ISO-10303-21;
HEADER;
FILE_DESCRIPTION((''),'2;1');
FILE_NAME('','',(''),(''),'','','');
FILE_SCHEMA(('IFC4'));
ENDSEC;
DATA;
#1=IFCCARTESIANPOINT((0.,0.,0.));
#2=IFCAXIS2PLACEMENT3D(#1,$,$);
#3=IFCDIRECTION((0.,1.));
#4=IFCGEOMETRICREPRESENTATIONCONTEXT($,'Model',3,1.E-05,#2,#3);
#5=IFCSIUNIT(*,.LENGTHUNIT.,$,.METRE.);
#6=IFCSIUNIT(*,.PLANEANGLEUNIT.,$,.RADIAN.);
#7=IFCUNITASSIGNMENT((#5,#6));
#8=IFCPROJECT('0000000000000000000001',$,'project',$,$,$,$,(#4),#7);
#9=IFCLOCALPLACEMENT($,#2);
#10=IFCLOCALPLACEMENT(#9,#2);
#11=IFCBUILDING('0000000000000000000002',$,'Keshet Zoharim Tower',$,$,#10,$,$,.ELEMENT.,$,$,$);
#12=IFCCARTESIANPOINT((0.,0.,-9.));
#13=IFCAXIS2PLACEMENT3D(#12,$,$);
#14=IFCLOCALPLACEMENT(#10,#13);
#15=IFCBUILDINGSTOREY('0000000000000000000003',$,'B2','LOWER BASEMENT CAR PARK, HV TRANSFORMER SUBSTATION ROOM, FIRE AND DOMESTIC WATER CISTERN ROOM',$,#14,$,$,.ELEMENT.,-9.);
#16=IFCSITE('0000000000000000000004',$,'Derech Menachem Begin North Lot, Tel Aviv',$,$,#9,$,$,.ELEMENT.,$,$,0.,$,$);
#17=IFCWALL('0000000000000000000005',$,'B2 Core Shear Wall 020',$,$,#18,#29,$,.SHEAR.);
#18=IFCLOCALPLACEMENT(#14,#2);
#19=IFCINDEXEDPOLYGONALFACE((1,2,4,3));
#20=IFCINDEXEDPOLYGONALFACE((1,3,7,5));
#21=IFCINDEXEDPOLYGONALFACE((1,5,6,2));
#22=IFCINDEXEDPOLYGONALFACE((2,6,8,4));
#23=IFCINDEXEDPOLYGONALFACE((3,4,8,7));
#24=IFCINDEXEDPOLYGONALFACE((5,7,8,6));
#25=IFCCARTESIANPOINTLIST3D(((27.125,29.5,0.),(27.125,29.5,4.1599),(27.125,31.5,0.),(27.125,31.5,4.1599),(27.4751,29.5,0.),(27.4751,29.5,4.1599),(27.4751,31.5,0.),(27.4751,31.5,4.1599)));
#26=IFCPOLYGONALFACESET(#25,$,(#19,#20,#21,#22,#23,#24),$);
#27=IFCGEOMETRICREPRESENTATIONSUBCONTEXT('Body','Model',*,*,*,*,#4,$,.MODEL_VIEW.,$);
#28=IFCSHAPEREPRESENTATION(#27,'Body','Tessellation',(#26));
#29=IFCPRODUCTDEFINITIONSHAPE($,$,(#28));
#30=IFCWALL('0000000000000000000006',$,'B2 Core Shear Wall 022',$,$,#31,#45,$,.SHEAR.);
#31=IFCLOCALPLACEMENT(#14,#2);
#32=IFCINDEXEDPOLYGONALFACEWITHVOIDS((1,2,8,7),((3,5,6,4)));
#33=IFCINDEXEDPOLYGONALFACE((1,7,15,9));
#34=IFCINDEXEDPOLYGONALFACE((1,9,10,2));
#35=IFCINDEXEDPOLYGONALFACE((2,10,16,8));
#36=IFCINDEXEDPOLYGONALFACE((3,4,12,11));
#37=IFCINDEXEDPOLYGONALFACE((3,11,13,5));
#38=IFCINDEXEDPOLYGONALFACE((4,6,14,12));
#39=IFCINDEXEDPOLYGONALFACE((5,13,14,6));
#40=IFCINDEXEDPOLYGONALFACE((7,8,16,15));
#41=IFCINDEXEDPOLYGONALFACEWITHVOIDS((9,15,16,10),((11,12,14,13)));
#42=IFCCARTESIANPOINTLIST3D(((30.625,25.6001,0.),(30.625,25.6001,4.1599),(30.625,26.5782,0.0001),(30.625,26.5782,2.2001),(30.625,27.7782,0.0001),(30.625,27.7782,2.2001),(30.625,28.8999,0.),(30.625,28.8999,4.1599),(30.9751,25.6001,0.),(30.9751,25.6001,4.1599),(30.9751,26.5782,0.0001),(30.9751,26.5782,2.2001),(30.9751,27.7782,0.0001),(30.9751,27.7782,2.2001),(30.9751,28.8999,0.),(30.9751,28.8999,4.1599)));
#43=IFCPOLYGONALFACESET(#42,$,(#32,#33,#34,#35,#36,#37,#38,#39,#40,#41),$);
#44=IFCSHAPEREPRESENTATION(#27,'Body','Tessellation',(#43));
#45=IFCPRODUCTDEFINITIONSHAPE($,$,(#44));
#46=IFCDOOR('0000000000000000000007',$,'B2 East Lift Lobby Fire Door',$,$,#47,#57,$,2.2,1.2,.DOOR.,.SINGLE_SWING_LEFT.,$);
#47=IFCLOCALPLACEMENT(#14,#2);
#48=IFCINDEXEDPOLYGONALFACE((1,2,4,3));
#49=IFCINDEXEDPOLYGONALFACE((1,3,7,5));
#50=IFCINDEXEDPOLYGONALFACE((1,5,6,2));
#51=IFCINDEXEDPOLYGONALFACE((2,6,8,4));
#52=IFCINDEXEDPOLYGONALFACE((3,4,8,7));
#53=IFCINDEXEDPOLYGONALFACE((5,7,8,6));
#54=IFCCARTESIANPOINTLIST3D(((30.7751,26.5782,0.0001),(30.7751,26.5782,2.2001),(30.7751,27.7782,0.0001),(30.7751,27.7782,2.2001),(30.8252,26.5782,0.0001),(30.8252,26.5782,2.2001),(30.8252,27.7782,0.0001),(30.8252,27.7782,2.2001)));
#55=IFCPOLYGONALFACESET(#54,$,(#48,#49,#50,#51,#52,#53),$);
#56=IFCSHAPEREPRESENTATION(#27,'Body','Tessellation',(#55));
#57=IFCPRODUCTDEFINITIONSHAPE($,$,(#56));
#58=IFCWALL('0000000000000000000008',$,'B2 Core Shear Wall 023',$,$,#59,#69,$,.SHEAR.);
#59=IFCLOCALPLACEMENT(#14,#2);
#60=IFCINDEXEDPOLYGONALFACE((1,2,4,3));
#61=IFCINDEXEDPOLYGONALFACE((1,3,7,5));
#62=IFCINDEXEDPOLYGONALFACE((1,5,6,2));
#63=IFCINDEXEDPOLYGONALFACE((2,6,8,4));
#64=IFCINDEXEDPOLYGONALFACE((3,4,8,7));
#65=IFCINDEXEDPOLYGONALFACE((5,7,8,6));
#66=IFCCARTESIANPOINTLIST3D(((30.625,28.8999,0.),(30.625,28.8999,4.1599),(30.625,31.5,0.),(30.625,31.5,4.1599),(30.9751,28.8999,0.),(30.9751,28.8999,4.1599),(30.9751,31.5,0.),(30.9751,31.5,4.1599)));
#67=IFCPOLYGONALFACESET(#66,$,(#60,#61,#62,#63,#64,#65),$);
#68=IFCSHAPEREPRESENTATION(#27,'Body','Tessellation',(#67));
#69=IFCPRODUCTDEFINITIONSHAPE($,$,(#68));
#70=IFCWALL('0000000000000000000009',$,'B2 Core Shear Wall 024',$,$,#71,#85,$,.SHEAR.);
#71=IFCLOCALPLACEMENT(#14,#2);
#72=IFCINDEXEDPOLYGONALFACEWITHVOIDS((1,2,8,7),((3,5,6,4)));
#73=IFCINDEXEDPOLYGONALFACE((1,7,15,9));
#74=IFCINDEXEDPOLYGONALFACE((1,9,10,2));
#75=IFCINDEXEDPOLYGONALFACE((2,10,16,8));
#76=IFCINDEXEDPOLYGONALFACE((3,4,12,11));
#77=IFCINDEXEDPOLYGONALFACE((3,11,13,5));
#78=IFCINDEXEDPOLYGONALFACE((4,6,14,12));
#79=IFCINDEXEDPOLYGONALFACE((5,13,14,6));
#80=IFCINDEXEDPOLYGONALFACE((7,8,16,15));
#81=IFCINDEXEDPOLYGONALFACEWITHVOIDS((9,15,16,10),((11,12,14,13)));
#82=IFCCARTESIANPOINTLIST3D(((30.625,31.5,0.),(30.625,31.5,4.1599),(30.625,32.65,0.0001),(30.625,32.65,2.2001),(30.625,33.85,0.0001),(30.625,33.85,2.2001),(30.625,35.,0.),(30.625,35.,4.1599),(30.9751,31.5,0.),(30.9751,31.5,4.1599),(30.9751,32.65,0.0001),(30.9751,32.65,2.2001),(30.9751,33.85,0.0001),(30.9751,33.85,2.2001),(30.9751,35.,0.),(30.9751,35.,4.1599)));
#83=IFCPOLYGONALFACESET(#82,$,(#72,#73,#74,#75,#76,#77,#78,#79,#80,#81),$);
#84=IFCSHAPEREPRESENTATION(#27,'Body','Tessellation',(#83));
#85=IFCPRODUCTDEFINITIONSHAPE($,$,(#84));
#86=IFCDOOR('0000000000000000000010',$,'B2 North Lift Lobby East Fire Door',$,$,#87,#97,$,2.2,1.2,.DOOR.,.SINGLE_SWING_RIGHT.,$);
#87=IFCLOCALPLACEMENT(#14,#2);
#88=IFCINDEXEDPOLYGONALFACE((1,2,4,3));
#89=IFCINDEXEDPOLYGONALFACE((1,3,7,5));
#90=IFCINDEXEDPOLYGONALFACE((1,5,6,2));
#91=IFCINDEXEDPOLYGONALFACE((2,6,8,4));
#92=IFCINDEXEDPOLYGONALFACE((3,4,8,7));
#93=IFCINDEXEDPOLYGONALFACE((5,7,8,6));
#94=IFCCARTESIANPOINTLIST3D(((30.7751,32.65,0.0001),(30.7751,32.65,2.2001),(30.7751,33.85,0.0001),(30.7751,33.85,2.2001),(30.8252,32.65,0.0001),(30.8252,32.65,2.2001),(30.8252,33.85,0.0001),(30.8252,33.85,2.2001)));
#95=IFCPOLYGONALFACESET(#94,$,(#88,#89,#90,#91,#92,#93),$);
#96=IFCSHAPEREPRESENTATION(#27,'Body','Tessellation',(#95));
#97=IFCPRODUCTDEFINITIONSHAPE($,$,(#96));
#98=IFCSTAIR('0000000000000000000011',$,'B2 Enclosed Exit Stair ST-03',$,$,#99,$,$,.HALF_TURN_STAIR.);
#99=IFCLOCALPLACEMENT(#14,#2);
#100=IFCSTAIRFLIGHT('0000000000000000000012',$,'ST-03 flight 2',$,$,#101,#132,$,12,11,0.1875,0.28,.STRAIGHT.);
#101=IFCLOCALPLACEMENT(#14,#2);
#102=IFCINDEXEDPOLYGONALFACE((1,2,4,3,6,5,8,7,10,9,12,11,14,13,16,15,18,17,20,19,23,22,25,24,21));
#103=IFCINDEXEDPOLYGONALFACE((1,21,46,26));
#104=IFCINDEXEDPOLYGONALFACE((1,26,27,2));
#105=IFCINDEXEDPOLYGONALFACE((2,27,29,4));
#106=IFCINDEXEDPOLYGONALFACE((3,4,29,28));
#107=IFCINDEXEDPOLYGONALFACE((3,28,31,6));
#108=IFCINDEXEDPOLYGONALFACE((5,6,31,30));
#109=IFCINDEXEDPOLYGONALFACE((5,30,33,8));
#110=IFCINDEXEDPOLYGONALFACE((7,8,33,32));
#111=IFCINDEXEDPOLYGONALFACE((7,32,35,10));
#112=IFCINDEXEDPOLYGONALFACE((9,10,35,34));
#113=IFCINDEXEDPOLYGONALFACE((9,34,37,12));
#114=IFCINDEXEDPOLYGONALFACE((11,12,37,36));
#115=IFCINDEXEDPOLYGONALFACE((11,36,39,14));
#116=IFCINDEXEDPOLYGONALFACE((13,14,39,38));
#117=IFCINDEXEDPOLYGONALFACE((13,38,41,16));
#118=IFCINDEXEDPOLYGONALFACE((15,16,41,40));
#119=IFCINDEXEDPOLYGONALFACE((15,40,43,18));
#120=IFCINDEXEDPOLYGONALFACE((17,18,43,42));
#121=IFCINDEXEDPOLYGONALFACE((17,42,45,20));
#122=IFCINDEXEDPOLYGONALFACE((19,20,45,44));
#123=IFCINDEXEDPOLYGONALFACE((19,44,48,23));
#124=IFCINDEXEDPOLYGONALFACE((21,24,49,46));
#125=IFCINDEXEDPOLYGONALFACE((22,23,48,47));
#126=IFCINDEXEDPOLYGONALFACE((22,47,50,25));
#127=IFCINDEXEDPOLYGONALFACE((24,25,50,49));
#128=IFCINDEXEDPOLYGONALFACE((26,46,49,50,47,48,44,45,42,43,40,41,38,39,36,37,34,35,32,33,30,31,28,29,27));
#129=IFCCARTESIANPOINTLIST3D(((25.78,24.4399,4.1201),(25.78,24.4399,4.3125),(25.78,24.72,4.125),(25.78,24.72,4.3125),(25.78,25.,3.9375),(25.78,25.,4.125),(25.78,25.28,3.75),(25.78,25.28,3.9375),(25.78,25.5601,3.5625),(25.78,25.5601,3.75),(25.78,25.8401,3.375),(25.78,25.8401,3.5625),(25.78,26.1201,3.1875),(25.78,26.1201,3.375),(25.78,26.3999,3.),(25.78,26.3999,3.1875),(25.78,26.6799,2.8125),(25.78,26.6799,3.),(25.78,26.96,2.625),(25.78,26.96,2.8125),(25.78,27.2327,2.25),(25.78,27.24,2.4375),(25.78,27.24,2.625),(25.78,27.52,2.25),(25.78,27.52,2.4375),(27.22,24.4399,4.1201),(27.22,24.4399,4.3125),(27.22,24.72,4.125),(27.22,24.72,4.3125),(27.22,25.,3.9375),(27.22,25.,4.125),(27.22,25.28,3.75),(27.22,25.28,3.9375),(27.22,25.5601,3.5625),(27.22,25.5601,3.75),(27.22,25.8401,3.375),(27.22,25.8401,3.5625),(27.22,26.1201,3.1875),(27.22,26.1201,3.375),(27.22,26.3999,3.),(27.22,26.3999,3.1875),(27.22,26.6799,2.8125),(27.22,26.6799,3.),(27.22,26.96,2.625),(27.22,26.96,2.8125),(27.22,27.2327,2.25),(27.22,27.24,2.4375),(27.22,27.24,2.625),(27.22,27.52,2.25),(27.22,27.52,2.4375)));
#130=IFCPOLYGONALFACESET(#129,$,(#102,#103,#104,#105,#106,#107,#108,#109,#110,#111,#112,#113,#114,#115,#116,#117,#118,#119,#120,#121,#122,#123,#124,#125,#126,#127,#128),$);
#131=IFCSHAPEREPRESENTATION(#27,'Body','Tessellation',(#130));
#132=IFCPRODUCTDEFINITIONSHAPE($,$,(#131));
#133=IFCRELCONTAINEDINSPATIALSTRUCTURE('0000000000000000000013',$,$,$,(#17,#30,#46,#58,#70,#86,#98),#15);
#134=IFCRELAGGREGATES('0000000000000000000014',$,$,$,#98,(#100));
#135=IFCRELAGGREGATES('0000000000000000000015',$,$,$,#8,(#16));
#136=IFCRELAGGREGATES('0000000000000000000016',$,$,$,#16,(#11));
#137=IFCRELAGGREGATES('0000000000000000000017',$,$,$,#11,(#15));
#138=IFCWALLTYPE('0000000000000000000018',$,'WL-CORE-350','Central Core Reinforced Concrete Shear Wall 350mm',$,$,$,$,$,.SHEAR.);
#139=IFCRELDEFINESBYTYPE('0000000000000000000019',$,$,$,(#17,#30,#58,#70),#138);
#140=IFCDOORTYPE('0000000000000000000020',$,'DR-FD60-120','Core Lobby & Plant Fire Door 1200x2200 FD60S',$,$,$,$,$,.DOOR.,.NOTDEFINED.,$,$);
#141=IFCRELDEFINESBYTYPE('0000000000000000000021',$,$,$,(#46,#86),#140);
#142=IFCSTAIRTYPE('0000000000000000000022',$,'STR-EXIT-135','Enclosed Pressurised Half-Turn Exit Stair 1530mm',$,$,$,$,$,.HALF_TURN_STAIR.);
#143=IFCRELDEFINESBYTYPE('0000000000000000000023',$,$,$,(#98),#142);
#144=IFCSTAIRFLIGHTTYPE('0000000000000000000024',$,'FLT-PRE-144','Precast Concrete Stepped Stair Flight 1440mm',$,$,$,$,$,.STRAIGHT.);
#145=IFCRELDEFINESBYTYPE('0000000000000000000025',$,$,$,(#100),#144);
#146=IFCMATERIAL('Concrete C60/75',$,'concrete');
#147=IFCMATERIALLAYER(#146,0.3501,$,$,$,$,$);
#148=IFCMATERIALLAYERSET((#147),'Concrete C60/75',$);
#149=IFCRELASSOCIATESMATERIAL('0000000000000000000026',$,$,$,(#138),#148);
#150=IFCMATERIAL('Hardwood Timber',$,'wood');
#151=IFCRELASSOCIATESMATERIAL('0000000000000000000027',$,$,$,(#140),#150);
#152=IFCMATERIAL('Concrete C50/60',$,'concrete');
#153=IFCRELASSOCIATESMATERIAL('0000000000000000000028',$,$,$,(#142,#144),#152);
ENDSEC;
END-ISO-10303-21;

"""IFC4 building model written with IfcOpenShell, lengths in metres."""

from ifc_helpers import new_model, si_unit, direction, frame, frame_2d, origin, place, context, subcontext, project, spatial, polyline, rectangle, outline, extrude, material, layer, layer_set, type_object, element, fill, aggregate, save


model = new_model("IFC4")

# Units and contexts
model_context = context("Model", 3, precision=1e-05, world=origin(), true_north=direction((0.0, 1.0)))
body_context = subcontext(model_context, "Body", "Model", "MODEL_VIEW")
ifc_project = project(units=[si_unit("LENGTHUNIT", "METRE"), si_unit("PLANEANGLEUNIT", "RADIAN")], contexts=[model_context])

# Site, building, storey
site_placement = place(None, origin())
site = spatial("IfcSite", under=ifc_project, at=site_placement, Name="Derech Menachem Begin North Lot, Tel Aviv", CompositionType="ELEMENT", RefElevation=0.0)
building_placement = place(site_placement, origin())
building = spatial("IfcBuilding", under=site, at=building_placement, Name="Keshet Zoharim Tower", CompositionType="ELEMENT")
storey_placement = place(building_placement, frame((0.0, 0.0, -9.0)))
storey = spatial("IfcBuildingStorey", under=building, at=storey_placement, Name="B2", Description="LOWER BASEMENT CAR PARK, HV TRANSFORMER SUBSTATION ROOM, FIRE AND DOMESTIC WATER CISTERN ROOM", CompositionType="ELEMENT", Elevation=-9.0)

# Shared definitions
ifc_material_1 = material(Name="Concrete C50/60", Category="concrete")

# Shared definitions
ifc_material_2 = material(Name="Concrete C60/75", Category="concrete")

# Wall
ifc_layer_1 = layer(ifc_material_2, 0.3501)
ifc_layer_set_1 = layer_set([ifc_layer_1], Name="Concrete C60/75")
wall_type = type_object("IfcWallType", Name="WL-CORE-350", Description="Central Core Reinforced Concrete Shear Wall 350mm", PredefinedType="SHEAR", material=ifc_layer_set_1)
wall_1_placement = place(storey_placement, frame((27.3, 29.5, 0.0), z_axis=(0.0, 0.0, 1.0), x_axis=(0.0, 1.0, 0.0)))
element("IfcWall", 1, at=wall_1_placement, inside=storey, type_object=wall_type, Name="B2 Core Shear Wall 020", PredefinedType="SHEAR", context=body_context, shape_type="SweptSolid", body=[
    extrude(rectangle(XDim=2.0, YDim=0.3501, at=frame_2d((1.0, 0.0))), origin(), (0.0, 0.0, 1.0), 4.1599),
])

# Wall, opening, door
wall_2_placement = place(storey_placement, frame((30.8, 25.6001, 0.0), z_axis=(0.0, 0.0, 1.0), x_axis=(0.0, 1.0, 0.0)))
wall_2 = element("IfcWall", 2, at=wall_2_placement, inside=storey, type_object=wall_type, Name="B2 Core Shear Wall 022", PredefinedType="SHEAR", context=body_context, shape_type="SweptSolid", body=[
    extrude(rectangle(XDim=3.2998, YDim=0.3501, at=frame_2d((1.6499, 0.0))), origin(), (0.0, 0.0, 1.0), 4.1599),
])
opening_1_placement = place(wall_2_placement, frame((0.978, 0.0, 0.0)))
opening_1 = element("IfcOpeningElement", 3, at=opening_1_placement, cuts=wall_2, PredefinedType="OPENING", context=body_context, shape_type="SweptSolid", body=[
    extrude(rectangle(XDim=1.2, YDim=2.2, at=frame_2d((0.6001, 1.1001))), frame((0.0, 0.1851, 0.0), z_axis=(0.0, -1.0, 0.0), x_axis=(1.0, 0.0, 0.0)), (0.0, 0.0, 1.0), 0.3701),
])
ifc_material_3 = material(Name="Hardwood Timber", Category="wood")
door_type_1 = type_object("IfcDoorType", Name="DR-FD60-120", Description="Core Lobby & Plant Fire Door 1200x2200 FD60S", OperationType="NOTDEFINED", PredefinedType="DOOR", material=ifc_material_3)
door_1_placement = place(opening_1_placement, origin())
door_1 = element("IfcDoor", 4, at=door_1_placement, inside=storey, type_object=door_type_1, Name="B2 East Lift Lobby Fire Door", OperationType="SINGLE_SWING_LEFT", OverallHeight=2.2, OverallWidth=1.2, PredefinedType="DOOR", context=body_context, shape_type="SweptSolid", body=[
    extrude(rectangle(XDim=1.2, YDim=2.2, at=frame_2d((0.6001, 1.1001))), frame((0.0, 0.0249, 0.0), z_axis=(0.0, -1.0, 0.0), x_axis=(1.0, 0.0, 0.0)), (0.0, 0.0, 1.0), 0.05),
])
fill(opening_1, door_1)

# Wall
wall_3_placement = place(storey_placement, frame((30.8, 28.8999, 0.0), z_axis=(0.0, 0.0, 1.0), x_axis=(0.0, 1.0, 0.0)))
element("IfcWall", 5, at=wall_3_placement, inside=storey, type_object=wall_type, Name="B2 Core Shear Wall 023", PredefinedType="SHEAR", context=body_context, shape_type="SweptSolid", body=[
    extrude(rectangle(XDim=2.6001, YDim=0.3501, at=frame_2d((1.3, 0.0))), origin(), (0.0, 0.0, 1.0), 4.1599),
])

# Wall, opening, door
wall_4_placement = place(storey_placement, frame((30.8, 31.5, 0.0), z_axis=(0.0, 0.0, 1.0), x_axis=(0.0, 1.0, 0.0)))
wall_4 = element("IfcWall", 6, at=wall_4_placement, inside=storey, type_object=wall_type, Name="B2 Core Shear Wall 024", PredefinedType="SHEAR", context=body_context, shape_type="SweptSolid", body=[
    extrude(rectangle(XDim=3.5, YDim=0.3501, at=frame_2d((1.75, 0.0))), origin(), (0.0, 0.0, 1.0), 4.1599),
])
opening_2_placement = place(wall_4_placement, frame((1.1499, 0.0, 0.0)))
opening_2 = element("IfcOpeningElement", 7, at=opening_2_placement, cuts=wall_4, PredefinedType="OPENING", context=body_context, shape_type="SweptSolid", body=[
    extrude(rectangle(XDim=1.2, YDim=2.2, at=frame_2d((0.6001, 1.1001))), frame((0.0, 0.1851, 0.0), z_axis=(0.0, -1.0, 0.0), x_axis=(1.0, 0.0, 0.0)), (0.0, 0.0, 1.0), 0.3701),
])
door_2_placement = place(opening_2_placement, origin())
door_2 = element("IfcDoor", 8, at=door_2_placement, inside=storey, type_object=door_type_1, Name="B2 North Lift Lobby East Fire Door", OperationType="SINGLE_SWING_RIGHT", OverallHeight=2.2, OverallWidth=1.2, PredefinedType="DOOR", context=body_context, shape_type="SweptSolid", body=[
    extrude(rectangle(XDim=1.2, YDim=2.2, at=frame_2d((0.6001, 1.1001))), frame((0.0, 0.0249, 0.0), z_axis=(0.0, -1.0, 0.0), x_axis=(1.0, 0.0, 0.0)), (0.0, 0.0, 1.0), 0.05),
])
fill(opening_2, door_2)

# Stair, stair flight
stair_type = type_object("IfcStairType", Name="STR-EXIT-135", Description="Enclosed Pressurised Half-Turn Exit Stair 1530mm", PredefinedType="HALF_TURN_STAIR", material=ifc_material_1)
stair_placement = place(storey_placement, origin())
stair = element("IfcStair", 9, at=stair_placement, inside=storey, type_object=stair_type, Name="B2 Enclosed Exit Stair ST-03", PredefinedType="HALF_TURN_STAIR")
stair_flight_type = type_object("IfcStairFlightType", Name="FLT-PRE-144", Description="Precast Concrete Stepped Stair Flight 1440mm", PredefinedType="STRAIGHT", material=ifc_material_1)
stair_flight_placement = place(storey_placement, frame((26.5, 27.52, 2.25), z_axis=(0.0, 0.0, 1.0), x_axis=(0.0, -1.0, 0.0)))
stair_flight = element("IfcStairFlight", 10, at=stair_flight_placement, type_object=stair_flight_type, Name="ST-03 flight 2", NumberOfRisers=12, NumberOfTreads=11, PredefinedType="STRAIGHT", RiserHeight=0.1875, TreadLength=0.28, context=body_context, shape_type="SweptSolid", body=[
    extrude(outline(polyline([(0.0, 0.0), (0.0, 0.1875), (0.28, 0.1875), (0.28, 0.375), (0.5601, 0.375), (0.5601, 0.5625), (0.8401, 0.5625), (0.8401, 0.75), (1.1201, 0.75), (1.1201, 0.9375), (1.3999, 0.9375), (1.3999, 1.125), (1.6799, 1.125), (1.6799, 1.3125), (1.96, 1.3125), (1.96, 1.5), (2.24, 1.5), (2.24, 1.6875), (2.52, 1.6875), (2.52, 1.875), (2.8, 1.875), (2.8, 2.0625), (3.0801, 2.0625), (3.0801, 2.25), (3.0801, 1.8701), (0.2874, 0.0), (0.0, 0.0)])), frame((0.0, 0.72, 0.0), z_axis=(0.0, -1.0, 0.0), x_axis=(1.0, 0.0, 0.0)), (0.0, 0.0, 1.0), 1.4399),
])
aggregate(stair, [stair_flight])

save(model, "model.ifc")
